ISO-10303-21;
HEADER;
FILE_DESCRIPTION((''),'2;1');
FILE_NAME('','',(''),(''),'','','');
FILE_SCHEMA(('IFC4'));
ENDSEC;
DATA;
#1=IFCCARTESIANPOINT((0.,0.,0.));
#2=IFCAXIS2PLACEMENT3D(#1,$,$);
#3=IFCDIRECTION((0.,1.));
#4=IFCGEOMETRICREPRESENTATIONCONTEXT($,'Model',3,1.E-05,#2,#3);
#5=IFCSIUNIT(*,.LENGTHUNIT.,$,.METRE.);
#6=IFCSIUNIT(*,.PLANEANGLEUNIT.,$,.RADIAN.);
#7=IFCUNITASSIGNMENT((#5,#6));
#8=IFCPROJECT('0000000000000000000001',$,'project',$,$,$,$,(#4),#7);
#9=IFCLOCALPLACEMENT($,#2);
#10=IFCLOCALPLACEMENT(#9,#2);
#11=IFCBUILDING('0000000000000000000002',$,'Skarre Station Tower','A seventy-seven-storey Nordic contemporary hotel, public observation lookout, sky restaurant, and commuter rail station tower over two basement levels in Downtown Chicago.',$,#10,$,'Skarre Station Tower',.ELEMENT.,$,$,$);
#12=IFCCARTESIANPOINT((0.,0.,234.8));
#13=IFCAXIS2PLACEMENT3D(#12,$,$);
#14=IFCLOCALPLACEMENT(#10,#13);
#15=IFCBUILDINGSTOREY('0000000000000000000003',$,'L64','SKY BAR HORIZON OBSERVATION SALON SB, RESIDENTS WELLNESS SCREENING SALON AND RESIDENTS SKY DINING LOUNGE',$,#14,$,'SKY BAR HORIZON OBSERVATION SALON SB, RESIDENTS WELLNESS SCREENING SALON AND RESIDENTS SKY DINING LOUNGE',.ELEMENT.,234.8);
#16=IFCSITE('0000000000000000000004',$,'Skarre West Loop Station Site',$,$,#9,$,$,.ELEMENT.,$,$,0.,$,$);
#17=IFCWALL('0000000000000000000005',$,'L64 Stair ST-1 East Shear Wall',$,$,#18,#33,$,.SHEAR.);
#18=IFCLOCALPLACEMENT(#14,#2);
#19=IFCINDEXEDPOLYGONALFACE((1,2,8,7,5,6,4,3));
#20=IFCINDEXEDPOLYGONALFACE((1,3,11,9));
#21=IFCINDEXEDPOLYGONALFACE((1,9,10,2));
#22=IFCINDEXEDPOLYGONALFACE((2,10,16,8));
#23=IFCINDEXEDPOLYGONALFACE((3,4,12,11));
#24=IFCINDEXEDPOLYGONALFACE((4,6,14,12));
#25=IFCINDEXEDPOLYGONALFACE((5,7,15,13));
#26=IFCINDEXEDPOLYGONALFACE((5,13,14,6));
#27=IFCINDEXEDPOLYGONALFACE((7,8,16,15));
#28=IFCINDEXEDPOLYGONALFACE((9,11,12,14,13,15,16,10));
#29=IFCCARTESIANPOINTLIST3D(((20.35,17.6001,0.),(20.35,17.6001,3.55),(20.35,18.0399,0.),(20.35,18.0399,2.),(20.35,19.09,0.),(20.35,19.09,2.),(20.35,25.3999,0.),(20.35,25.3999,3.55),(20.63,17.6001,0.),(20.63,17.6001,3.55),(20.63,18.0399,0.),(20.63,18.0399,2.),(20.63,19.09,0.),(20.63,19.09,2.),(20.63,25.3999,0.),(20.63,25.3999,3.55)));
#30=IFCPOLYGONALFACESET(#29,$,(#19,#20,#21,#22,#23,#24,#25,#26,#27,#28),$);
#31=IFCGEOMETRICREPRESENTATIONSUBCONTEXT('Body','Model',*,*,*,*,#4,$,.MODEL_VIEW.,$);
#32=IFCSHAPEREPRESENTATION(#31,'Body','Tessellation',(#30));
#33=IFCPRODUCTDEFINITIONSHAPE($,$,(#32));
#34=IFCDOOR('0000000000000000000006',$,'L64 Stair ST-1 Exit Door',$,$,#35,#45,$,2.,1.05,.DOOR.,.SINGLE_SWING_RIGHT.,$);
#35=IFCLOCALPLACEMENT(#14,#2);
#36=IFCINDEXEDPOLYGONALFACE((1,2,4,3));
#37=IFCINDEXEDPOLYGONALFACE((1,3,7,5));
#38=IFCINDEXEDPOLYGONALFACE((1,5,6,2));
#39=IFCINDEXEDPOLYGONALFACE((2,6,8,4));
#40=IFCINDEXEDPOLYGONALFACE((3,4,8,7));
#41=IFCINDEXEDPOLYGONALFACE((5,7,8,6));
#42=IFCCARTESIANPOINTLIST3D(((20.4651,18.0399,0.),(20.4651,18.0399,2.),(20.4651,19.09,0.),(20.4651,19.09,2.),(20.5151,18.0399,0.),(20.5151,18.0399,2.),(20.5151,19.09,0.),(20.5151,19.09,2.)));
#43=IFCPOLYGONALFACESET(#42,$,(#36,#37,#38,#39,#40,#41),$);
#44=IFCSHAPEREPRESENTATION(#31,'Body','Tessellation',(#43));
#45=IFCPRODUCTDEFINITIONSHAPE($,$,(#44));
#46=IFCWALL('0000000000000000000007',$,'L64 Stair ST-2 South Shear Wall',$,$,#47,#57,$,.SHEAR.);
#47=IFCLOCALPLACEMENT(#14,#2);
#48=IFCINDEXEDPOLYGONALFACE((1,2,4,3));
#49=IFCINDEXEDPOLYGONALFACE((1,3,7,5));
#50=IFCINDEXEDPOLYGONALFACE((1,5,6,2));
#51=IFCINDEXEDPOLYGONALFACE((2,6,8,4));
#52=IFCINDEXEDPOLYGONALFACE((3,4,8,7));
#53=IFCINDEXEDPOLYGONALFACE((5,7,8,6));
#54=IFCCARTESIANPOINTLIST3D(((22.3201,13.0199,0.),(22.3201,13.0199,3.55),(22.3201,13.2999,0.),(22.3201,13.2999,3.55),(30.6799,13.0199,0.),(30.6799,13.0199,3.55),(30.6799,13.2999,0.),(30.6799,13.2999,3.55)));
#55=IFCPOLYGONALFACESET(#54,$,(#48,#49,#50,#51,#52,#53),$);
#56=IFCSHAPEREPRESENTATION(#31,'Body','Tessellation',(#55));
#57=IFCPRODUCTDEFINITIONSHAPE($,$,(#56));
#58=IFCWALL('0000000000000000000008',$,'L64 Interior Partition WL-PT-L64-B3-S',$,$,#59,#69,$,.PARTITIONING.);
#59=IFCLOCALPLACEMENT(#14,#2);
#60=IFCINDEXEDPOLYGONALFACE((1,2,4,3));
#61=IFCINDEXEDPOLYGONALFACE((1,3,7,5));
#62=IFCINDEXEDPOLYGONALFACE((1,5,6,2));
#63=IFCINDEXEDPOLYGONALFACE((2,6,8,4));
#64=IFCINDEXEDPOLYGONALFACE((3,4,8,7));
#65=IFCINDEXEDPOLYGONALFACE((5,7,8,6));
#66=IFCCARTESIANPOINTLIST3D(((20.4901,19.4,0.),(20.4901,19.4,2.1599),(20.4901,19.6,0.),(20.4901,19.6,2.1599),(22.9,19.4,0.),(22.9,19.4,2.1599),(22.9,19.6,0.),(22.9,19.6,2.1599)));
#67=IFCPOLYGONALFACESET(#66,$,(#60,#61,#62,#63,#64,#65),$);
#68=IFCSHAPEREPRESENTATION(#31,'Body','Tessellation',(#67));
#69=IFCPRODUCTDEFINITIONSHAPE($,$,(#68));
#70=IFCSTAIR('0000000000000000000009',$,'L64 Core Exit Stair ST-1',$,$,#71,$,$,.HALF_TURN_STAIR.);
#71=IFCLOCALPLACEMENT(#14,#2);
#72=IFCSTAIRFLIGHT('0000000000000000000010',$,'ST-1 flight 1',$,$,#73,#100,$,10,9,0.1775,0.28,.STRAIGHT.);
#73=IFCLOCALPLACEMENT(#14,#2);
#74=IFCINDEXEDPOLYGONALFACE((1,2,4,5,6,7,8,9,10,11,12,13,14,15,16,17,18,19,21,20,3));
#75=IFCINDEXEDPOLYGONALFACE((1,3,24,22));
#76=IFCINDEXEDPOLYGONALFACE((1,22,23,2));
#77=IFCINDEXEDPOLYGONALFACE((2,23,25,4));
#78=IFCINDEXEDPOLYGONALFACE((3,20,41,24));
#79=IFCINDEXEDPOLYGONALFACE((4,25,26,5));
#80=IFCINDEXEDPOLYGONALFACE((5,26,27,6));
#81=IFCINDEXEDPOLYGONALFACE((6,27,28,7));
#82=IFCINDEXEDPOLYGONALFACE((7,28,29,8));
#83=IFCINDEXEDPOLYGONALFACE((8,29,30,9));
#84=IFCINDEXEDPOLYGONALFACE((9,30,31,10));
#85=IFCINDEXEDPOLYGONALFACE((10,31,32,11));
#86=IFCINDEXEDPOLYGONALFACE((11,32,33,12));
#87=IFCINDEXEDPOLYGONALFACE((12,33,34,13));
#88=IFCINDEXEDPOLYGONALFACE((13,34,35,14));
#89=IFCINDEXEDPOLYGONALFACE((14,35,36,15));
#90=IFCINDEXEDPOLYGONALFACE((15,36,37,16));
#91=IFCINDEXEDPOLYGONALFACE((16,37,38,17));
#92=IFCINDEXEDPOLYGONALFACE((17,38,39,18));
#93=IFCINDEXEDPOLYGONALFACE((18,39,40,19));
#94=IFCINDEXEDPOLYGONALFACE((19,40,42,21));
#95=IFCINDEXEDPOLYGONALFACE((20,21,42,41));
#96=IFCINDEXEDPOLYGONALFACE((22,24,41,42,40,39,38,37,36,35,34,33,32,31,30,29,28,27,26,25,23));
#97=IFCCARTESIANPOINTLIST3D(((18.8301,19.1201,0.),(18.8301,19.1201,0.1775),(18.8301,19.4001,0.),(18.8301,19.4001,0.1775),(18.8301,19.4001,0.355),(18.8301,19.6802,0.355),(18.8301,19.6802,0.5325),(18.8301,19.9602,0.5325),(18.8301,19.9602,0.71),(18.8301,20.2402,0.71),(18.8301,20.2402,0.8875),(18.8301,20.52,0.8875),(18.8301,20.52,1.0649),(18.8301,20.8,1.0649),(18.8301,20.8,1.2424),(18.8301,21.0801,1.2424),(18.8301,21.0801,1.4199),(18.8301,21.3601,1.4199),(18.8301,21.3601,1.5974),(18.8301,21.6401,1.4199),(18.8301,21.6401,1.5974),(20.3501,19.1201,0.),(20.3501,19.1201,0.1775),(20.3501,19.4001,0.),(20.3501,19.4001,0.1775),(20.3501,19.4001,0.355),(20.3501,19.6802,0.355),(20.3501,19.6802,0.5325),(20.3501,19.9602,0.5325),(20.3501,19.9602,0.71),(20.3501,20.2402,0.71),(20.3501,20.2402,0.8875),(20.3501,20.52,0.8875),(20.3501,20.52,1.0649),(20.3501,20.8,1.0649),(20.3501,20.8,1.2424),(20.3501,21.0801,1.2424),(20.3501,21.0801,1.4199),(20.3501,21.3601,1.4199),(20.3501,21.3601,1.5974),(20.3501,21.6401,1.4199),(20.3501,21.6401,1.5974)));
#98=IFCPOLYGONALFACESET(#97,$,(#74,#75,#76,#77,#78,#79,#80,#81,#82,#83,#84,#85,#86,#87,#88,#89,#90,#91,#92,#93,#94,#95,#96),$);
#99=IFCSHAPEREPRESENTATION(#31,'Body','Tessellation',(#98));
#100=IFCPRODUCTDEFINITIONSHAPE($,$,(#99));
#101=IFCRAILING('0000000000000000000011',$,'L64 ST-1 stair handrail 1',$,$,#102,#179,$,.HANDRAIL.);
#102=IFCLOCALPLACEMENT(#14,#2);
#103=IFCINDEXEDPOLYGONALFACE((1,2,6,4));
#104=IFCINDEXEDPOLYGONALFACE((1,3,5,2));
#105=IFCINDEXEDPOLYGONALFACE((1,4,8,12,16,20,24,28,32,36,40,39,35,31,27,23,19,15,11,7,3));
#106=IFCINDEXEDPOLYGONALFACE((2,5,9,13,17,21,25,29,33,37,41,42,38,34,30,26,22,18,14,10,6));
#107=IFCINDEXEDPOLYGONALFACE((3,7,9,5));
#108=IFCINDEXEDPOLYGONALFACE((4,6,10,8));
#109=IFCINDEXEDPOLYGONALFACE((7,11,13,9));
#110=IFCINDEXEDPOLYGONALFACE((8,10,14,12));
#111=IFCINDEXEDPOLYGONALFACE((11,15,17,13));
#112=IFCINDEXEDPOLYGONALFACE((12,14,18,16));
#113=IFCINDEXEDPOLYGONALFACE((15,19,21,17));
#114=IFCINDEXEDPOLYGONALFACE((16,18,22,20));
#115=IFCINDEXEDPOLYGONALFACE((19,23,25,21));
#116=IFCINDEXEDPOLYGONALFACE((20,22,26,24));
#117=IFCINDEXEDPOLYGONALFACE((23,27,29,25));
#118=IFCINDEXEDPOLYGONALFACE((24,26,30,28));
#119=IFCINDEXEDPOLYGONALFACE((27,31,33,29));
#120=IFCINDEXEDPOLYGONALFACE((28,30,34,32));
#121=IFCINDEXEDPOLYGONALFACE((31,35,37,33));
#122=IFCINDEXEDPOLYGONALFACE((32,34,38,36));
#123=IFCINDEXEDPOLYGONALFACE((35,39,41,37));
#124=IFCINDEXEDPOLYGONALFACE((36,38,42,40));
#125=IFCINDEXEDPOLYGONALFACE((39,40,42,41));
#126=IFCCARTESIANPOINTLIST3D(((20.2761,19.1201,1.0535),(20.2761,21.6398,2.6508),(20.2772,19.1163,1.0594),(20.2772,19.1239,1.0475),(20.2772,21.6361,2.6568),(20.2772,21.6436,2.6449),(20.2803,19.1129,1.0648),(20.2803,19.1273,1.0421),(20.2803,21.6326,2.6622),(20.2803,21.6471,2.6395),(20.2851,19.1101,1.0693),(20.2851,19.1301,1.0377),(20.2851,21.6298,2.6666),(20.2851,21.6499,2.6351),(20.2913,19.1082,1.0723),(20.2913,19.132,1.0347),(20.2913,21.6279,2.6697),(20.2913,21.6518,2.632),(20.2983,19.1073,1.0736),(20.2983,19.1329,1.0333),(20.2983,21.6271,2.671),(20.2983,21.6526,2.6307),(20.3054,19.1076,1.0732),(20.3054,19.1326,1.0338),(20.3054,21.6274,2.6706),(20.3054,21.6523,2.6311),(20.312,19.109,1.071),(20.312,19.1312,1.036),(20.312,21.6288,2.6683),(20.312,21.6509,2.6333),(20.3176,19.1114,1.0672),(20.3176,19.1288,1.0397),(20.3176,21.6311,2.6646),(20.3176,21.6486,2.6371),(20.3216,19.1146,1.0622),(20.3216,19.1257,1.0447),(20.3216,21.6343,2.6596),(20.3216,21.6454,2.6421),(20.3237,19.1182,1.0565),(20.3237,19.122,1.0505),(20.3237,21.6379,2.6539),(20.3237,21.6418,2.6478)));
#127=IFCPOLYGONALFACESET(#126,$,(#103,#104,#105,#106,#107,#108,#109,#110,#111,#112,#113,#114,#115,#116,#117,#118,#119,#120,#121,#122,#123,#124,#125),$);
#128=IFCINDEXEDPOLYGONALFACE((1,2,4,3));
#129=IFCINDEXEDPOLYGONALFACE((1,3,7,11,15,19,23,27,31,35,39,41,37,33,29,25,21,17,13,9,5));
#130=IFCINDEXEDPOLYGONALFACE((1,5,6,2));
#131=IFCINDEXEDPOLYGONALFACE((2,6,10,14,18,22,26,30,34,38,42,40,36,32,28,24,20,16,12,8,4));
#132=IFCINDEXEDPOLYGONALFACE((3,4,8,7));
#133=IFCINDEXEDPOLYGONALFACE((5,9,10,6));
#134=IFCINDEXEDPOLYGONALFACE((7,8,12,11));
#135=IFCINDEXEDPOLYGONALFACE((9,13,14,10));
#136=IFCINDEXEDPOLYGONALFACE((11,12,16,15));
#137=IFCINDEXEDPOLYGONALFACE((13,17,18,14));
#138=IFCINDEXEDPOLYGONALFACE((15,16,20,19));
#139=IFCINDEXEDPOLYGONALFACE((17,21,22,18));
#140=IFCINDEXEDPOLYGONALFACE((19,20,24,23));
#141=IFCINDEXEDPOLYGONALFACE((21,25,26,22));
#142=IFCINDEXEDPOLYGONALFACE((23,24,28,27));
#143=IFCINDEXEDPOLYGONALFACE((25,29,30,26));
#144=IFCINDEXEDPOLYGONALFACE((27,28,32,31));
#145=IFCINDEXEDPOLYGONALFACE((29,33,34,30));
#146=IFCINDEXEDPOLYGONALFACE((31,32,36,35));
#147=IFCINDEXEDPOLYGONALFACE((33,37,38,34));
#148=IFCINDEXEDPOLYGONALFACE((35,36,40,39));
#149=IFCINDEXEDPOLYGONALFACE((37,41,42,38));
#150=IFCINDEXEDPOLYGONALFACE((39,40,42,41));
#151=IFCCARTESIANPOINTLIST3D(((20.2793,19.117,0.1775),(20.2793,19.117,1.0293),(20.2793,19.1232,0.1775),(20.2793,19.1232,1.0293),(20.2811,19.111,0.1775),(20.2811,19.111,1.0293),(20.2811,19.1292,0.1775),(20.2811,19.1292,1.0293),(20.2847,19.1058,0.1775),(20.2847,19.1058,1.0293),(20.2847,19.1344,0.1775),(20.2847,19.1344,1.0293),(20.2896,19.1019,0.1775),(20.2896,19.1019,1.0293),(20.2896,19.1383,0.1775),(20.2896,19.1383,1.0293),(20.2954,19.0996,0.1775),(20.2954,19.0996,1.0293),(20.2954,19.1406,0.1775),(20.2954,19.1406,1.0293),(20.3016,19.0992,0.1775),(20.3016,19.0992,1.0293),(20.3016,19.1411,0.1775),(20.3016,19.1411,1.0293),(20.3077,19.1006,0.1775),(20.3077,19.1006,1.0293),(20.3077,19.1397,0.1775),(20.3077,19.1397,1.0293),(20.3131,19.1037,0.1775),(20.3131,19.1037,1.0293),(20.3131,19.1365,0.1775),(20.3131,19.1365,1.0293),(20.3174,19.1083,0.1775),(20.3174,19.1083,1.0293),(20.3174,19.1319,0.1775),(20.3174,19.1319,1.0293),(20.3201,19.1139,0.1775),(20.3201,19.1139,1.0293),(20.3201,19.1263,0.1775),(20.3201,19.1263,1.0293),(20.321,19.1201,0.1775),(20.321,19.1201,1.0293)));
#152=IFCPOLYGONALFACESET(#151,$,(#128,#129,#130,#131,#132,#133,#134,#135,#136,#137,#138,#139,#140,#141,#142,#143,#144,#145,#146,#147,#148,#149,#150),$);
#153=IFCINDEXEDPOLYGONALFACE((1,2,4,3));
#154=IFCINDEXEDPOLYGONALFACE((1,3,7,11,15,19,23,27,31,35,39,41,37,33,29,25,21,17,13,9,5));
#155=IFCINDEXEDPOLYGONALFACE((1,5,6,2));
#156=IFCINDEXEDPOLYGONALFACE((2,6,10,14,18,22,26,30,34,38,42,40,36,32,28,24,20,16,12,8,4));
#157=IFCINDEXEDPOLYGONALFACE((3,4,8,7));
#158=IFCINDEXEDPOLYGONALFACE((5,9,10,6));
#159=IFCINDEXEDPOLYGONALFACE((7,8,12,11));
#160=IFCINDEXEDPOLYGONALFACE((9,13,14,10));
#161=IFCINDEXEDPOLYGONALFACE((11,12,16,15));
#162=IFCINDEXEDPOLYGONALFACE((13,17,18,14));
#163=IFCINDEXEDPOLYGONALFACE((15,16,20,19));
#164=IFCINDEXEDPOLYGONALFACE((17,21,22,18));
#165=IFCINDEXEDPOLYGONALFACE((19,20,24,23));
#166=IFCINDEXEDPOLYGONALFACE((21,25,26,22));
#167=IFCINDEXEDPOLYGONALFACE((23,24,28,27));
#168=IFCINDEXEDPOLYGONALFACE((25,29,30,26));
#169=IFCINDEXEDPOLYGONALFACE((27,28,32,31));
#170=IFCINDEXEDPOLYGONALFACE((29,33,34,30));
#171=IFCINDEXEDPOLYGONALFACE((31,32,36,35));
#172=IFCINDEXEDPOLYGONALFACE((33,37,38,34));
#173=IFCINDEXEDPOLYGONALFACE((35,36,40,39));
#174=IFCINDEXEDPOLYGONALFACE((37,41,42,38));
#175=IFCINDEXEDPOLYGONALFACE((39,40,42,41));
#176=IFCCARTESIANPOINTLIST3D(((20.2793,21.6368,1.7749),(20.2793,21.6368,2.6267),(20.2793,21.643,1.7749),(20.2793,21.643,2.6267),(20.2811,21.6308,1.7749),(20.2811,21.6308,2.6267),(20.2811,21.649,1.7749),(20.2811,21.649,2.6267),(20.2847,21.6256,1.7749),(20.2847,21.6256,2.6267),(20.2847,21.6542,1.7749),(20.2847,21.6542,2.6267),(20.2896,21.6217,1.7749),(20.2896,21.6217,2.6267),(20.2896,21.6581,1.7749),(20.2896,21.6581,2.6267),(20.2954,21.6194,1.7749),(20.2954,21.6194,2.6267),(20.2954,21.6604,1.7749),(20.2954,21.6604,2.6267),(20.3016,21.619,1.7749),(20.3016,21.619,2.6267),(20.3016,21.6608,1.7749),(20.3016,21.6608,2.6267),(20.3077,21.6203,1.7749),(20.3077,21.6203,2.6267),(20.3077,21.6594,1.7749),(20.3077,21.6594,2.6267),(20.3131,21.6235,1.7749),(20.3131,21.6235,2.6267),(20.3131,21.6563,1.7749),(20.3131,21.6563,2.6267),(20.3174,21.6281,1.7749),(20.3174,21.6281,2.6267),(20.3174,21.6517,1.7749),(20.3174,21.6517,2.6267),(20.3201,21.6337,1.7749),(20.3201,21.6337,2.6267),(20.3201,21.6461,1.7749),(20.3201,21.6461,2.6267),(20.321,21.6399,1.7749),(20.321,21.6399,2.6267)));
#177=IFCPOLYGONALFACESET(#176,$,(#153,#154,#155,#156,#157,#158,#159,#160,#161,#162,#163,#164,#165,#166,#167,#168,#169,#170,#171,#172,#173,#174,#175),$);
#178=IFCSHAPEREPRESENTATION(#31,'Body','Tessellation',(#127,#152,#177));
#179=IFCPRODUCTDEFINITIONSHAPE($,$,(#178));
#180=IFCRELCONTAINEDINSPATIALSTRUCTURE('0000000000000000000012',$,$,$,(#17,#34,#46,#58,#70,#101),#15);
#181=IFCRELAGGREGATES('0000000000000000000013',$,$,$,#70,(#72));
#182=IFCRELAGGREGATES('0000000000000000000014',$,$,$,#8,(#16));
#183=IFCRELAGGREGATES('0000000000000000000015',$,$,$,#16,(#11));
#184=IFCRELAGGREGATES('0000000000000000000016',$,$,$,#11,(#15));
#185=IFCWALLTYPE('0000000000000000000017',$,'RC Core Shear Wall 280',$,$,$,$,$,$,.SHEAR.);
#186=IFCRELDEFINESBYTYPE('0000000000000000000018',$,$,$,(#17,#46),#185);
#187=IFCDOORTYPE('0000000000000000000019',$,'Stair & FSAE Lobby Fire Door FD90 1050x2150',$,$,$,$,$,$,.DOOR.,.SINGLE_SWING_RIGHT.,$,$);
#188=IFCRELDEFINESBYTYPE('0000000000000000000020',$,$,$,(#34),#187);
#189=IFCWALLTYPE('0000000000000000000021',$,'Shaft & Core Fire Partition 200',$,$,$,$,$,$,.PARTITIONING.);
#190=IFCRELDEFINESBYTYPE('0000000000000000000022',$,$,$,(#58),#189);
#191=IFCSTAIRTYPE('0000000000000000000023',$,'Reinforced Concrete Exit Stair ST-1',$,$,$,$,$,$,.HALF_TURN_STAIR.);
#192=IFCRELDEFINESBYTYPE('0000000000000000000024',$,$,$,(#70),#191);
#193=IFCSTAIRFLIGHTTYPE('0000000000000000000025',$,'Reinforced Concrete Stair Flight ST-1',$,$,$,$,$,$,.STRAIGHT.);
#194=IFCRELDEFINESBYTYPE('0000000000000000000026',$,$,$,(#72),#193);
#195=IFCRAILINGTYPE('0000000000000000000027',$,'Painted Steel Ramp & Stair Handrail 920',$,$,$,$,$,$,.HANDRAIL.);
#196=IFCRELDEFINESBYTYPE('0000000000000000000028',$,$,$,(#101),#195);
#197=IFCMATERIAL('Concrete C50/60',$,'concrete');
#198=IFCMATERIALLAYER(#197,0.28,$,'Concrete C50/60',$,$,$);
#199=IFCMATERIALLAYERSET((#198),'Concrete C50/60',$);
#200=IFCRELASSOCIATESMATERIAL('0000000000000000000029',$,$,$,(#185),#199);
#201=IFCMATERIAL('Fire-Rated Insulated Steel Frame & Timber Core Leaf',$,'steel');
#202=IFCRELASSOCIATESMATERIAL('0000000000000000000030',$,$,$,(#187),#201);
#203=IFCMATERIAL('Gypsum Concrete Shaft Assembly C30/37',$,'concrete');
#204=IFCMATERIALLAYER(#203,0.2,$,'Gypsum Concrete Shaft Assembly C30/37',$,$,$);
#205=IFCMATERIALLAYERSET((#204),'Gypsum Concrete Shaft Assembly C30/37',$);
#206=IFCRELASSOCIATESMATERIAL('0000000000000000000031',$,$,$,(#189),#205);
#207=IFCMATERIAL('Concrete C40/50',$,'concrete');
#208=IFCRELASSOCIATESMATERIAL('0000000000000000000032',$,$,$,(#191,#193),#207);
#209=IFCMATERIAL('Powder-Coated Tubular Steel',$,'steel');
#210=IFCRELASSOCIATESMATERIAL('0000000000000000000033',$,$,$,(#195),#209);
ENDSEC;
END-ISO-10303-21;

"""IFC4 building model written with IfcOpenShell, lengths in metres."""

from ifc_helpers import new_model, si_unit, direction, frame, frame_2d, origin, origin_2d, place, context, subcontext, project, spatial, polyline, rectangle, circle, outline, extrude, material, layer, layer_set, type_object, element, fill, aggregate, save


model = new_model("IFC4")

# Units and contexts
model_context = context("Model", 3, precision=1e-05, world=origin(), true_north=direction((0.0, 1.0)))
body_context = subcontext(model_context, "Body", "Model", "MODEL_VIEW")
ifc_project = project(units=[si_unit("LENGTHUNIT", "METRE"), si_unit("PLANEANGLEUNIT", "RADIAN")], contexts=[model_context])

# Site, building, storey
site_placement = place(None, origin())
site = spatial("IfcSite", under=ifc_project, at=site_placement, Name="Skarre West Loop Station Site", CompositionType="ELEMENT", RefElevation=0.0)
building_placement = place(site_placement, origin())
building = spatial("IfcBuilding", under=site, at=building_placement, Name="Skarre Station Tower", Description="A seventy-seven-storey Nordic contemporary hotel, public observation lookout, sky restaurant, and commuter rail station tower over two basement levels in Downtown Chicago.", LongName="Skarre Station Tower", CompositionType="ELEMENT")
storey_placement = place(building_placement, frame((0.0, 0.0, 234.8)))
storey = spatial("IfcBuildingStorey", under=building, at=storey_placement, Name="L64", Description="SKY BAR HORIZON OBSERVATION SALON SB, RESIDENTS WELLNESS SCREENING SALON AND RESIDENTS SKY DINING LOUNGE", LongName="SKY BAR HORIZON OBSERVATION SALON SB, RESIDENTS WELLNESS SCREENING SALON AND RESIDENTS SKY DINING LOUNGE", CompositionType="ELEMENT", Elevation=234.8)

# Shared definitions
ifc_material_1 = material(Name="Concrete C50/60", Category="concrete")

# Wall, opening, door
ifc_layer_1 = layer(ifc_material_1, 0.28, Name="Concrete C50/60")
ifc_layer_set_1 = layer_set([ifc_layer_1], Name="Concrete C50/60")
wall_type_1 = type_object("IfcWallType", Name="RC Core Shear Wall 280", PredefinedType="SHEAR", material=ifc_layer_set_1)
wall_1_placement = place(storey_placement, frame((20.49, 17.6001, 0.0), z_axis=(0.0, 0.0, 1.0), x_axis=(0.0, 1.0, 0.0)))
wall_1 = element("IfcWall", 1, at=wall_1_placement, inside=storey, type_object=wall_type_1, Name="L64 Stair ST-1 East Shear Wall", PredefinedType="SHEAR", context=body_context, shape_type="SweptSolid", body=[
    extrude(rectangle(XDim=7.7998, YDim=0.28, at=frame_2d((3.8999, 0.0))), origin(), (0.0, 0.0, 1.0), 3.55),
])
opening_1_placement = place(wall_1_placement, frame((0.4399, 0.0, 0.0)))
opening_1 = element("IfcOpeningElement", 2, at=opening_1_placement, cuts=wall_1, PredefinedType="OPENING", context=body_context, shape_type="SweptSolid", body=[
    extrude(rectangle(XDim=1.05, YDim=2.0, at=frame_2d((0.5249, 1.0))), frame((0.0, 0.1499, 0.0), z_axis=(0.0, -1.0, 0.0), x_axis=(1.0, 0.0, 0.0)), (0.0, 0.0, 1.0), 0.3),
])
ifc_material_2 = material(Name="Fire-Rated Insulated Steel Frame & Timber Core Leaf", Category="steel")
door_type_1 = type_object("IfcDoorType", Name="Stair & FSAE Lobby Fire Door FD90 1050x2150", OperationType="SINGLE_SWING_RIGHT", PredefinedType="DOOR", material=ifc_material_2)
door_1_placement = place(opening_1_placement, origin())
door_1 = element("IfcDoor", 3, at=door_1_placement, inside=storey, type_object=door_type_1, Name="L64 Stair ST-1 Exit Door", OperationType="SINGLE_SWING_RIGHT", OverallHeight=2.0, OverallWidth=1.05, PredefinedType="DOOR", context=body_context, shape_type="SweptSolid", body=[
    extrude(rectangle(XDim=1.05, YDim=2.0, at=frame_2d((0.5249, 1.0))), frame((0.0, 0.0249, 0.0), z_axis=(0.0, -1.0, 0.0), x_axis=(1.0, 0.0, 0.0)), (0.0, 0.0, 1.0), 0.05),
])
fill(opening_1, door_1)

# Walls
wall_2_placement = place(storey_placement, frame((22.3201, 13.1599, 0.0), z_axis=(0.0, 0.0, 1.0), x_axis=(1.0, 0.0, 0.0)))
element("IfcWall", 4, at=wall_2_placement, inside=storey, type_object=wall_type_1, Name="L64 Stair ST-2 South Shear Wall", PredefinedType="SHEAR", context=body_context, shape_type="SweptSolid", body=[
    extrude(rectangle(XDim=8.3599, YDim=0.28, at=frame_2d((4.1799, 0.0))), origin(), (0.0, 0.0, 1.0), 3.55),
])
ifc_material_3 = material(Name="Gypsum Concrete Shaft Assembly C30/37", Category="concrete")
ifc_layer_2 = layer(ifc_material_3, 0.2, Name="Gypsum Concrete Shaft Assembly C30/37")
ifc_layer_set_2 = layer_set([ifc_layer_2], Name="Gypsum Concrete Shaft Assembly C30/37")
wall_type_2 = type_object("IfcWallType", Name="Shaft & Core Fire Partition 200", PredefinedType="PARTITIONING", material=ifc_layer_set_2)
wall_3_placement = place(storey_placement, frame((20.49, 19.5, 0.0), z_axis=(0.0, 0.0, 1.0), x_axis=(1.0, 0.0, 0.0)))
element("IfcWall", 5, at=wall_3_placement, inside=storey, type_object=wall_type_2, Name="L64 Interior Partition WL-PT-L64-B3-S", PredefinedType="PARTITIONING", context=body_context, shape_type="SweptSolid", body=[
    extrude(rectangle(XDim=2.4099, YDim=0.2, at=frame_2d((1.2051, 0.0))), origin(), (0.0, 0.0, 1.0), 2.1599),
])

# Stair, stair flight
ifc_material_4 = material(Name="Concrete C40/50", Category="concrete")
stair_type = type_object("IfcStairType", Name="Reinforced Concrete Exit Stair ST-1", PredefinedType="HALF_TURN_STAIR", material=ifc_material_4)
stair_placement = place(storey_placement, origin())
stair = element("IfcStair", 6, at=stair_placement, inside=storey, type_object=stair_type, Name="L64 Core Exit Stair ST-1", PredefinedType="HALF_TURN_STAIR")
stair_flight_type = type_object("IfcStairFlightType", Name="Reinforced Concrete Stair Flight ST-1", PredefinedType="STRAIGHT", material=ifc_material_4)
stair_flight_placement = place(storey_placement, frame((19.5901, 19.1201, 0.0), z_axis=(0.0, 0.0, 1.0), x_axis=(0.0, 1.0, 0.0)))
stair_flight = element("IfcStairFlight", 7, at=stair_flight_placement, type_object=stair_flight_type, Name="ST-1 flight 1", NumberOfRisers=10, NumberOfTreads=9, PredefinedType="STRAIGHT", RiserHeight=0.1775, TreadLength=0.28, context=body_context, shape_type="SweptSolid", body=[
    extrude(outline(polyline([(0.0, 0.0), (0.0, 0.1775), (0.28, 0.1775), (0.28, 0.355), (0.5601, 0.355), (0.5601, 0.5325), (0.8401, 0.5325), (0.8401, 0.71), (1.1201, 0.71), (1.1201, 0.8875), (1.3999, 0.8875), (1.3999, 1.0649), (1.6799, 1.0649), (1.6799, 1.2424), (1.96, 1.2424), (1.96, 1.4199), (2.24, 1.4199), (2.24, 1.5974), (2.52, 1.5974), (2.52, 1.7749), (2.52, 1.4199), (0.28, 0.0), (0.0, 0.0)])), frame((0.0, 0.76, 0.0), z_axis=(0.0, -1.0, 0.0), x_axis=(1.0, 0.0, 0.0)), (0.0, 0.0, 1.0), 1.52),
])
aggregate(stair, [stair_flight])

# Railing
ifc_material_5 = material(Name="Powder-Coated Tubular Steel", Category="steel")
railing_type_1 = type_object("IfcRailingType", Name="Painted Steel Ramp & Stair Handrail 920", PredefinedType="HANDRAIL", material=ifc_material_5)
railing_1_placement = place(storey_placement, frame((20.3, 19.1201, 0.1775)))
element("IfcRailing", 8, at=railing_1_placement, inside=storey, type_object=railing_type_1, Name="L64 ST-1 stair handrail 1", PredefinedType="HANDRAIL", context=body_context, shape_type="SweptSolid", body=[
    extrude(circle(Radius=0.0239, at=origin_2d()), frame((0.0, 0.0, 0.876), z_axis=(0.0, 0.844583, 0.535424), x_axis=(-1.0, 0.0, 0.0)), (0.0, 0.0, 1.0), 2.9834),
    extrude(circle(Radius=0.021, at=origin_2d()), origin(), (0.0, 0.0, 1.0), 0.8518),
    extrude(circle(Radius=0.021, at=origin_2d()), frame((0.0, 2.5198, 1.5974)), (0.0, 0.0, 1.0), 0.8518),
])

save(model, "model.ifc")
